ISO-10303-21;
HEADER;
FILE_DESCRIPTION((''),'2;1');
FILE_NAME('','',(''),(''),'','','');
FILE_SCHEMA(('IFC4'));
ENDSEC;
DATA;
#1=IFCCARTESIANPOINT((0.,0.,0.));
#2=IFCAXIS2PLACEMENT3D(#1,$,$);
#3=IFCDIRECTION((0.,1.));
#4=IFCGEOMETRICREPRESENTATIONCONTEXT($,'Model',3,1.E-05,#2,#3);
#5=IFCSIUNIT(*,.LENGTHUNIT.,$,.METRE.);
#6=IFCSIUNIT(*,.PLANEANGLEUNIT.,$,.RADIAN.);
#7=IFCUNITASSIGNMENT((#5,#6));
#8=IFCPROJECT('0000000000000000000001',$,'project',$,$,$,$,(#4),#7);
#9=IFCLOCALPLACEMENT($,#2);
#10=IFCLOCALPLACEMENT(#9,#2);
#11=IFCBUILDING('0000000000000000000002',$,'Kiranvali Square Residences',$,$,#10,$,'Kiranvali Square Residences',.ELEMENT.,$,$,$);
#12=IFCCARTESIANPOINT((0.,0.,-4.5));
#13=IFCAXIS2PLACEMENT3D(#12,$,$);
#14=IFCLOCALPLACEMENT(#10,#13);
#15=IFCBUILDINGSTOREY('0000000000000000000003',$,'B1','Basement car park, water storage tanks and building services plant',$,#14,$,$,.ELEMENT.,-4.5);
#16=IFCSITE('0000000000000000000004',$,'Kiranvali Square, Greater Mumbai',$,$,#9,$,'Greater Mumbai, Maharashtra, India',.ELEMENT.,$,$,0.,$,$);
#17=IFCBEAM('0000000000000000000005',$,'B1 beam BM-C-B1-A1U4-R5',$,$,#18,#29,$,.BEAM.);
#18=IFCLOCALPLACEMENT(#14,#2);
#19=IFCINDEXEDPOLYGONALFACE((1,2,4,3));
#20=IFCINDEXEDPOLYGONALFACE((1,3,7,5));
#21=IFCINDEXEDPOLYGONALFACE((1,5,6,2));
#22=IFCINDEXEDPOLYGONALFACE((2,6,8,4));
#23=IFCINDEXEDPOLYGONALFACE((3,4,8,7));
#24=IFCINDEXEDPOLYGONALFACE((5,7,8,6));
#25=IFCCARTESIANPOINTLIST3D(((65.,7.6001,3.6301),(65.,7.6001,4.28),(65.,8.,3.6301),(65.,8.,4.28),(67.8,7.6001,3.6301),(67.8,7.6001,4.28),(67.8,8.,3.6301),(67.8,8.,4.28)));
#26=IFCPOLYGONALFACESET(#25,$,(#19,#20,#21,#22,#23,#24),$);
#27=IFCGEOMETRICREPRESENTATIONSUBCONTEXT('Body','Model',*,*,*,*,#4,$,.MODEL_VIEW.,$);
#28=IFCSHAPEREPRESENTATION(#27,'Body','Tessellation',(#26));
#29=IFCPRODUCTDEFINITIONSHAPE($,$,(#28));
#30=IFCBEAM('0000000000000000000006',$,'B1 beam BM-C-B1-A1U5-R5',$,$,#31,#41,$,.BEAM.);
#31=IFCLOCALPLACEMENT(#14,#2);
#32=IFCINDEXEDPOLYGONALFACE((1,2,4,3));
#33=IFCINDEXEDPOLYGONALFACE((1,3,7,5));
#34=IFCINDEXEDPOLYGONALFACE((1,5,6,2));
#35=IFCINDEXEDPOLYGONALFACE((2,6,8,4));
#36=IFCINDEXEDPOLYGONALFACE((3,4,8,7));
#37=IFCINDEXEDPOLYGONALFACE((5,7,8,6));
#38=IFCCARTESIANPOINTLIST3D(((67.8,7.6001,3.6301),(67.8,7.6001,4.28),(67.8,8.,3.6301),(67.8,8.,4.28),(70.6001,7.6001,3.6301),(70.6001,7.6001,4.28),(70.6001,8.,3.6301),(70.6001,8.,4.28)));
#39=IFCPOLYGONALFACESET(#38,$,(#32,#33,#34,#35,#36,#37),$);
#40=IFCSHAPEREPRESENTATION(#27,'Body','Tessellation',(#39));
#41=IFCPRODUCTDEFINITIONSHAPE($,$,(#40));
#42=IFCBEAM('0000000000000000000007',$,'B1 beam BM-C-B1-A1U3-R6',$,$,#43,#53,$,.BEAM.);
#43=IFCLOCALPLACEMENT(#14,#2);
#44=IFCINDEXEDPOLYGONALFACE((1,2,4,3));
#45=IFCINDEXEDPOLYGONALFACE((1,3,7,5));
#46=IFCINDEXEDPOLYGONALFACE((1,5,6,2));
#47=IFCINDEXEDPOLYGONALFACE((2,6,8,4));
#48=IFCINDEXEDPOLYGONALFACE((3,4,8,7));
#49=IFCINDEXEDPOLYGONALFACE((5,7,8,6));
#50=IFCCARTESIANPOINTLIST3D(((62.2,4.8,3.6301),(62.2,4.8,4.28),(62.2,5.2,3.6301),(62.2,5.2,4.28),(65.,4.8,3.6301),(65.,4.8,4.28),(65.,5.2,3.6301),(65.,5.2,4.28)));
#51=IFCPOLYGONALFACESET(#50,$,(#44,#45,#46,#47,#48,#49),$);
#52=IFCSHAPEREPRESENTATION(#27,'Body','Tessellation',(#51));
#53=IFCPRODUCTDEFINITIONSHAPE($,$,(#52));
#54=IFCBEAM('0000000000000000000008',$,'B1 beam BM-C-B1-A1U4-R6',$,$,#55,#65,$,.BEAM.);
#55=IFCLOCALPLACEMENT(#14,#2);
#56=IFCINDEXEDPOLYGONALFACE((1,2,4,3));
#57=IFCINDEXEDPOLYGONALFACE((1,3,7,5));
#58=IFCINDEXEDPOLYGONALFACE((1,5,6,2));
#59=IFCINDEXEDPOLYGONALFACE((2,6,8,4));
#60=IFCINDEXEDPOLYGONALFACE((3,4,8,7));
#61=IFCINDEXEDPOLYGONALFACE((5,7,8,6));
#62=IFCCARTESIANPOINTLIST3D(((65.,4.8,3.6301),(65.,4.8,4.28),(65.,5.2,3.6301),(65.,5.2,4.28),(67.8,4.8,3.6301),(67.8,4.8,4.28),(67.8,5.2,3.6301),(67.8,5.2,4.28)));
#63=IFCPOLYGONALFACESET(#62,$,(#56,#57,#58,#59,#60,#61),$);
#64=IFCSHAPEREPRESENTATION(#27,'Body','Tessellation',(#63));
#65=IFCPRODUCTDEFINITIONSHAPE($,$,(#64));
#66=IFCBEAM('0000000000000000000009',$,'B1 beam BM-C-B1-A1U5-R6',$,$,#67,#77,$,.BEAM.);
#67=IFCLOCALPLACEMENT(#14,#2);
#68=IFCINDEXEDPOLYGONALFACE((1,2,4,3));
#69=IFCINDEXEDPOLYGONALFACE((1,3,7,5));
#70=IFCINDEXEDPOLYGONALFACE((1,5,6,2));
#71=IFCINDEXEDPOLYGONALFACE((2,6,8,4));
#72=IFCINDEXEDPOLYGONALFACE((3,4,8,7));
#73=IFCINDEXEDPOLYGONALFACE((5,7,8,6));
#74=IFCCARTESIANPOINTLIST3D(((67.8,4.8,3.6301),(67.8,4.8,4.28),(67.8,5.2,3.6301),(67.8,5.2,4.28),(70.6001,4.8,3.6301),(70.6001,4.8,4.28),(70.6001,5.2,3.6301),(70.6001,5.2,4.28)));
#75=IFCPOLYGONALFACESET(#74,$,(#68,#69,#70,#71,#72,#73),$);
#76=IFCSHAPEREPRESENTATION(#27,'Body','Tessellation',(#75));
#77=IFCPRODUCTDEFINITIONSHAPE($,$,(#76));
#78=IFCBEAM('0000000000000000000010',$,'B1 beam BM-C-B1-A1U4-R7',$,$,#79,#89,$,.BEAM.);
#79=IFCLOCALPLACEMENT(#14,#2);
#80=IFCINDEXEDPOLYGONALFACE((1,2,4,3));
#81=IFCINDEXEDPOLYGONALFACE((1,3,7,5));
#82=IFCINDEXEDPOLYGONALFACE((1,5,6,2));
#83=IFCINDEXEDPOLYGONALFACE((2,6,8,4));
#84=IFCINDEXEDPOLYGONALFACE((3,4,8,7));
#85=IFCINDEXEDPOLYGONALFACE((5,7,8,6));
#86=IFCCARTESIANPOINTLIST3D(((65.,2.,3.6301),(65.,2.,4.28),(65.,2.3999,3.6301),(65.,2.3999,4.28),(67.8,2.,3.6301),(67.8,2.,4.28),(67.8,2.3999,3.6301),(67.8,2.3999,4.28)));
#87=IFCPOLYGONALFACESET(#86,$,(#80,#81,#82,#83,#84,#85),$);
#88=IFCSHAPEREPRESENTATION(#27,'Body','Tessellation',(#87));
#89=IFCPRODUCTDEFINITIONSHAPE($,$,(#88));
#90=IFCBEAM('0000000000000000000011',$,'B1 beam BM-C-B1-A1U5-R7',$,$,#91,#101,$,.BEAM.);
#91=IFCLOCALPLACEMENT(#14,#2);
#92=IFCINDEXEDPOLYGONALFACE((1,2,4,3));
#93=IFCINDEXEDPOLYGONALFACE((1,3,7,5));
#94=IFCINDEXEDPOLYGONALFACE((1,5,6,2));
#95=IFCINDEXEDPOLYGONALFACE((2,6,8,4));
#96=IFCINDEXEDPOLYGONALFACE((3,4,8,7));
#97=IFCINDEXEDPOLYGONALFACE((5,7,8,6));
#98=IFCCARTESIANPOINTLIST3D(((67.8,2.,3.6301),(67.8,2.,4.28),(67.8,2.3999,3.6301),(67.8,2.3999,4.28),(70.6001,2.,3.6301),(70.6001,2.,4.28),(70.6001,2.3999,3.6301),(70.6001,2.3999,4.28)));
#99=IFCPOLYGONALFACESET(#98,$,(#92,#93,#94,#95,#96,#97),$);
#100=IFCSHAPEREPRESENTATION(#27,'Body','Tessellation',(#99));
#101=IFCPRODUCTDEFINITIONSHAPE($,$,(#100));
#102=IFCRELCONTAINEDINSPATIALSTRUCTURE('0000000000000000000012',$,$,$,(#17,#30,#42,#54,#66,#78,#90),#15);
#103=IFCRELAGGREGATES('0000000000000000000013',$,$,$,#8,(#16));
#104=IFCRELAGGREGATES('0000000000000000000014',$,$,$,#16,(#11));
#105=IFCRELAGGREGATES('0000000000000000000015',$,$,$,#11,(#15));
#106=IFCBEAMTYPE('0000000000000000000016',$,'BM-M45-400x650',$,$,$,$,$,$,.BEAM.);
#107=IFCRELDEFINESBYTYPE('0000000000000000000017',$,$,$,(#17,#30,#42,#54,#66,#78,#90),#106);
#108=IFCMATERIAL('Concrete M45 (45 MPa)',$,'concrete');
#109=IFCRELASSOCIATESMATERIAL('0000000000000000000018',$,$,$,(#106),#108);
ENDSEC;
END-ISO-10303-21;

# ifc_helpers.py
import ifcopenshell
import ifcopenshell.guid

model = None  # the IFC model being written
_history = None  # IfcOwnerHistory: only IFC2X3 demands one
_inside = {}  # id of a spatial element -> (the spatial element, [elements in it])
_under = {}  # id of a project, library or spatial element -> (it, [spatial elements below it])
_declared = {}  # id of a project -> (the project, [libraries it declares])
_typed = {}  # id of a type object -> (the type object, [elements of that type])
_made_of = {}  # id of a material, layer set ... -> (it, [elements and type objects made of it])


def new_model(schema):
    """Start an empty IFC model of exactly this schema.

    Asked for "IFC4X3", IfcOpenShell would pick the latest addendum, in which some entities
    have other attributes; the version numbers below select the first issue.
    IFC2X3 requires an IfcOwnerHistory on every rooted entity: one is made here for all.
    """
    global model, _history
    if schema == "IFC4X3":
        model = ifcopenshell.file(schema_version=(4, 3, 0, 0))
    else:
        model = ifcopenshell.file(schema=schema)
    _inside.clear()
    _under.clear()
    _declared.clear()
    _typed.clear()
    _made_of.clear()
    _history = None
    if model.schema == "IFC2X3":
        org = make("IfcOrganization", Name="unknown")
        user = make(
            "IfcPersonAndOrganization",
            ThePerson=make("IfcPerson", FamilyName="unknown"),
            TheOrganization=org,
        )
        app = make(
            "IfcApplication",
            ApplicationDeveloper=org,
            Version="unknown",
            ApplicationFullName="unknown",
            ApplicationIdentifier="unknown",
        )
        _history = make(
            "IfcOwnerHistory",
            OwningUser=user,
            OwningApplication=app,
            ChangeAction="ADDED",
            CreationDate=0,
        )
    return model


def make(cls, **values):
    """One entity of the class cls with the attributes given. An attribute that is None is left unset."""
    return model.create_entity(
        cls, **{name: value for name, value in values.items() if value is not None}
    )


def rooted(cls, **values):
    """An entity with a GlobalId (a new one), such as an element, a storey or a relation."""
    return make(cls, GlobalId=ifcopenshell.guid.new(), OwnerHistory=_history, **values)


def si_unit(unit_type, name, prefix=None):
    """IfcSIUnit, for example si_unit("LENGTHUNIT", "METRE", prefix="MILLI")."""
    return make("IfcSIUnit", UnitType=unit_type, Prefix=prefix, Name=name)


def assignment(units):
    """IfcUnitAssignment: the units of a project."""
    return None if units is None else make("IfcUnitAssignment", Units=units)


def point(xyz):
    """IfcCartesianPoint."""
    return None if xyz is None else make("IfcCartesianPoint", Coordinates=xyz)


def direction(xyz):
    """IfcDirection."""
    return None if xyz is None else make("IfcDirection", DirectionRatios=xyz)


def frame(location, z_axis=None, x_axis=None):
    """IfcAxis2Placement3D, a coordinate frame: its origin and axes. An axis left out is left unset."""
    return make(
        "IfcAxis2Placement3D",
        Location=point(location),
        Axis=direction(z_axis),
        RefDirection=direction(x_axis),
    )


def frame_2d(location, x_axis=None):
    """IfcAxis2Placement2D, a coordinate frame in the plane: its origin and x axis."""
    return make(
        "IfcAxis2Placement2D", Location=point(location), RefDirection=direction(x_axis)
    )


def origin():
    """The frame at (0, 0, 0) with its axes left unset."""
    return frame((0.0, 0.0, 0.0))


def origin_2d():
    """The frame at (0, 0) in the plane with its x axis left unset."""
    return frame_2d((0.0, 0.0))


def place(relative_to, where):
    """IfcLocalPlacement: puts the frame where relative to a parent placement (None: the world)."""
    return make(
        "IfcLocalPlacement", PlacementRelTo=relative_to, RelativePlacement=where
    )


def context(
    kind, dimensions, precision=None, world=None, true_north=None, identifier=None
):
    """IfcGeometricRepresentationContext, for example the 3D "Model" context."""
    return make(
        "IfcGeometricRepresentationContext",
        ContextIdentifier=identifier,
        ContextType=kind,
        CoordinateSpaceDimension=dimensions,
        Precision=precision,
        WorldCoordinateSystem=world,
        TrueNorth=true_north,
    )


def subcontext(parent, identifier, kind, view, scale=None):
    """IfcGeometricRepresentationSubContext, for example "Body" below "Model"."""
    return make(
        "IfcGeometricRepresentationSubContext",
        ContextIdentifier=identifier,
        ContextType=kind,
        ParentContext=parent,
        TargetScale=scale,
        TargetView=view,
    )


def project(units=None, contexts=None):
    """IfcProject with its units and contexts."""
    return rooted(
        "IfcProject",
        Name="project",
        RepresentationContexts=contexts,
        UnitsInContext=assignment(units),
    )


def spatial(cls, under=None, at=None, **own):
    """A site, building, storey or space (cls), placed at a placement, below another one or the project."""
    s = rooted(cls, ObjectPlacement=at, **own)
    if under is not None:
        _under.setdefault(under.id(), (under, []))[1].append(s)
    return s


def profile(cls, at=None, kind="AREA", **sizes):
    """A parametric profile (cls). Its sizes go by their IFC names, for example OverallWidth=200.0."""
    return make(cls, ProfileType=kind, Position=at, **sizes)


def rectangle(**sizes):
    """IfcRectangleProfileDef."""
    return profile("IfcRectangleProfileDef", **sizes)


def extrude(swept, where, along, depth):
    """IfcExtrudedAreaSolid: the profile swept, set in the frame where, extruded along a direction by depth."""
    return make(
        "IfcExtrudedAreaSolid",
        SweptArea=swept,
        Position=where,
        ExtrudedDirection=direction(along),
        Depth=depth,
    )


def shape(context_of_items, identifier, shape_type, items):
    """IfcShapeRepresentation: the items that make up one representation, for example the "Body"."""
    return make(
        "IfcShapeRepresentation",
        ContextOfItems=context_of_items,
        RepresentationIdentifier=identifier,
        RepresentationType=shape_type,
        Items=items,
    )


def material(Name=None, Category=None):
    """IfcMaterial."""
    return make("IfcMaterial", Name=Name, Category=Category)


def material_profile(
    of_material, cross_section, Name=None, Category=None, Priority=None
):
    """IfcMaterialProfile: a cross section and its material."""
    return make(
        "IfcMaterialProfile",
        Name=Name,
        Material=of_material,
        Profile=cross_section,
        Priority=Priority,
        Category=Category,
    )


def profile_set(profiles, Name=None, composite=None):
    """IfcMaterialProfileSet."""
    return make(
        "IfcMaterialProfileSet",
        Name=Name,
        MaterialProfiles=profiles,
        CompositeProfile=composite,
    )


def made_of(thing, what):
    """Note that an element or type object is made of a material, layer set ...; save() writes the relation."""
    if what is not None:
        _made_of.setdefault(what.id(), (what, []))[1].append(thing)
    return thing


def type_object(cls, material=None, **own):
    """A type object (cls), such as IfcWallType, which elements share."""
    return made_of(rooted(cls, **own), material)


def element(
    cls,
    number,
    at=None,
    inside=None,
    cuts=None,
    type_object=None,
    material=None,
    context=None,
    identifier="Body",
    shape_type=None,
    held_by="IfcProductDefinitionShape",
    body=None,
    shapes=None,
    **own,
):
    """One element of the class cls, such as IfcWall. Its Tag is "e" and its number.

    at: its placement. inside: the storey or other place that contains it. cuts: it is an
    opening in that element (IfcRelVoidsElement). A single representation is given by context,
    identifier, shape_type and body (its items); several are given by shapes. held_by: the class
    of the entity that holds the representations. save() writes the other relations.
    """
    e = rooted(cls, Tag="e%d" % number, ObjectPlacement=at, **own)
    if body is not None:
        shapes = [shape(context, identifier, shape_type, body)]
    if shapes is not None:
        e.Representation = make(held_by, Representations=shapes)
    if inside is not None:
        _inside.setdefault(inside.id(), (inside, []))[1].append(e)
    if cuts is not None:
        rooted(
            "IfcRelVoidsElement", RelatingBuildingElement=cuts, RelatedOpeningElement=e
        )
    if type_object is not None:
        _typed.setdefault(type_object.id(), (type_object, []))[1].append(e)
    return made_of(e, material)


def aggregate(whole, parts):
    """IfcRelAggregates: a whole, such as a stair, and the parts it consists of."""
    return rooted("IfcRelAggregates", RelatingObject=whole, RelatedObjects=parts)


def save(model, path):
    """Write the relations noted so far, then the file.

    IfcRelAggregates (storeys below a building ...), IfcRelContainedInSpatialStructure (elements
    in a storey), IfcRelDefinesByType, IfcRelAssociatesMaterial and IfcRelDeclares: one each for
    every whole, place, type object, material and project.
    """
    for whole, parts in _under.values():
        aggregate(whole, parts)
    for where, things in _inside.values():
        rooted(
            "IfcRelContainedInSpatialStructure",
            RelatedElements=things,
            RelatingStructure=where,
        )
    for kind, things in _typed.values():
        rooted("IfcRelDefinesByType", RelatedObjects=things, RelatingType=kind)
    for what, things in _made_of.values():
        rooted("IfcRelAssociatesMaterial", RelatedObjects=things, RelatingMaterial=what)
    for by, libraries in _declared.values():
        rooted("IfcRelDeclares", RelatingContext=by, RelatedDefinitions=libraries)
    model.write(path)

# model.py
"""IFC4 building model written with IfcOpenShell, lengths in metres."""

from ifc_helpers import new_model, si_unit, direction, frame, origin, origin_2d, place, context, subcontext, project, spatial, rectangle, extrude, material, material_profile, profile_set, type_object, element, save


model = new_model("IFC4")

# Units and contexts
model_context = context("Model", 3, precision=1e-05, world=origin(), true_north=direction((0.0, 1.0)))
body_context = subcontext(model_context, "Body", "Model", "MODEL_VIEW")
ifc_project = project(units=[si_unit("LENGTHUNIT", "METRE"), si_unit("PLANEANGLEUNIT", "RADIAN")], contexts=[model_context])

# Site, building, storey
site_placement = place(None, origin())
site = spatial("IfcSite", under=ifc_project, at=site_placement, Name="Kiranvali Square, Greater Mumbai", LongName="Greater Mumbai, Maharashtra, India", CompositionType="ELEMENT", RefElevation=0.0)
building_placement = place(site_placement, origin())
building = spatial("IfcBuilding", under=site, at=building_placement, Name="Kiranvali Square Residences", LongName="Kiranvali Square Residences", CompositionType="ELEMENT")
storey_placement = place(building_placement, frame((0.0, 0.0, -4.5)))
storey = spatial("IfcBuildingStorey", under=building, at=storey_placement, Name="B1", Description="Basement car park, water storage tanks and building services plant", CompositionType="ELEMENT", Elevation=-4.5)

# Beams
ifc_material_1 = material(Name="Concrete M45 (45 MPa)", Category="concrete")
ifc_material_profile_1 = material_profile(ifc_material_1, rectangle(XDim=0.3999, YDim=0.6499, at=origin_2d()), Name="RC 400x650")
ifc_profile_set_1 = profile_set([ifc_material_profile_1], Name="Concrete M45 (45 MPa)")
beam_type_1 = type_object("IfcBeamType", Name="BM-M45-400x650", PredefinedType="BEAM", material=ifc_profile_set_1)
for number, where, z_axis, x_axis, name in (
    (1, (65.0, 7.8, 3.9551), (1.0, 0.0, 0.0), (0.0, 1.0, 0.0), "B1 beam BM-C-B1-A1U4-R5"),
    (2, (67.8, 7.8, 3.9551), (1.0, 0.0, 0.0), (0.0, 1.0, 0.0), "B1 beam BM-C-B1-A1U5-R5"),
    (3, (62.2, 5.0, 3.9551), (1.0, 0.0, 0.0), (0.0, 1.0, 0.0), "B1 beam BM-C-B1-A1U3-R6"),
    (4, (65.0, 5.0, 3.9551), (1.0, 0.0, 0.0), (0.0, 1.0, 0.0), "B1 beam BM-C-B1-A1U4-R6"),
    (5, (67.8, 5.0, 3.9551), (1.0, 0.0, 0.0), (0.0, 1.0, 0.0), "B1 beam BM-C-B1-A1U5-R6"),
    (6, (65.0, 2.2, 3.9551), (1.0, 0.0, 0.0), (0.0, 1.0, 0.0), "B1 beam BM-C-B1-A1U4-R7"),
    (7, (67.8, 2.2, 3.9551), (1.0, 0.0, 0.0), (0.0, 1.0, 0.0), "B1 beam BM-C-B1-A1U5-R7"),
):
    element("IfcBeam", number, at=place(storey_placement, frame(where, z_axis=z_axis, x_axis=x_axis)), inside=storey, type_object=beam_type_1, Name=name, PredefinedType="BEAM", context=body_context, shape_type="SweptSolid", body=[
        extrude(rectangle(XDim=0.3999, YDim=0.6499, at=origin_2d()), origin(), (0.0, 0.0, 1.0), 2.8),
    ])

save(model, "model.ifc")
